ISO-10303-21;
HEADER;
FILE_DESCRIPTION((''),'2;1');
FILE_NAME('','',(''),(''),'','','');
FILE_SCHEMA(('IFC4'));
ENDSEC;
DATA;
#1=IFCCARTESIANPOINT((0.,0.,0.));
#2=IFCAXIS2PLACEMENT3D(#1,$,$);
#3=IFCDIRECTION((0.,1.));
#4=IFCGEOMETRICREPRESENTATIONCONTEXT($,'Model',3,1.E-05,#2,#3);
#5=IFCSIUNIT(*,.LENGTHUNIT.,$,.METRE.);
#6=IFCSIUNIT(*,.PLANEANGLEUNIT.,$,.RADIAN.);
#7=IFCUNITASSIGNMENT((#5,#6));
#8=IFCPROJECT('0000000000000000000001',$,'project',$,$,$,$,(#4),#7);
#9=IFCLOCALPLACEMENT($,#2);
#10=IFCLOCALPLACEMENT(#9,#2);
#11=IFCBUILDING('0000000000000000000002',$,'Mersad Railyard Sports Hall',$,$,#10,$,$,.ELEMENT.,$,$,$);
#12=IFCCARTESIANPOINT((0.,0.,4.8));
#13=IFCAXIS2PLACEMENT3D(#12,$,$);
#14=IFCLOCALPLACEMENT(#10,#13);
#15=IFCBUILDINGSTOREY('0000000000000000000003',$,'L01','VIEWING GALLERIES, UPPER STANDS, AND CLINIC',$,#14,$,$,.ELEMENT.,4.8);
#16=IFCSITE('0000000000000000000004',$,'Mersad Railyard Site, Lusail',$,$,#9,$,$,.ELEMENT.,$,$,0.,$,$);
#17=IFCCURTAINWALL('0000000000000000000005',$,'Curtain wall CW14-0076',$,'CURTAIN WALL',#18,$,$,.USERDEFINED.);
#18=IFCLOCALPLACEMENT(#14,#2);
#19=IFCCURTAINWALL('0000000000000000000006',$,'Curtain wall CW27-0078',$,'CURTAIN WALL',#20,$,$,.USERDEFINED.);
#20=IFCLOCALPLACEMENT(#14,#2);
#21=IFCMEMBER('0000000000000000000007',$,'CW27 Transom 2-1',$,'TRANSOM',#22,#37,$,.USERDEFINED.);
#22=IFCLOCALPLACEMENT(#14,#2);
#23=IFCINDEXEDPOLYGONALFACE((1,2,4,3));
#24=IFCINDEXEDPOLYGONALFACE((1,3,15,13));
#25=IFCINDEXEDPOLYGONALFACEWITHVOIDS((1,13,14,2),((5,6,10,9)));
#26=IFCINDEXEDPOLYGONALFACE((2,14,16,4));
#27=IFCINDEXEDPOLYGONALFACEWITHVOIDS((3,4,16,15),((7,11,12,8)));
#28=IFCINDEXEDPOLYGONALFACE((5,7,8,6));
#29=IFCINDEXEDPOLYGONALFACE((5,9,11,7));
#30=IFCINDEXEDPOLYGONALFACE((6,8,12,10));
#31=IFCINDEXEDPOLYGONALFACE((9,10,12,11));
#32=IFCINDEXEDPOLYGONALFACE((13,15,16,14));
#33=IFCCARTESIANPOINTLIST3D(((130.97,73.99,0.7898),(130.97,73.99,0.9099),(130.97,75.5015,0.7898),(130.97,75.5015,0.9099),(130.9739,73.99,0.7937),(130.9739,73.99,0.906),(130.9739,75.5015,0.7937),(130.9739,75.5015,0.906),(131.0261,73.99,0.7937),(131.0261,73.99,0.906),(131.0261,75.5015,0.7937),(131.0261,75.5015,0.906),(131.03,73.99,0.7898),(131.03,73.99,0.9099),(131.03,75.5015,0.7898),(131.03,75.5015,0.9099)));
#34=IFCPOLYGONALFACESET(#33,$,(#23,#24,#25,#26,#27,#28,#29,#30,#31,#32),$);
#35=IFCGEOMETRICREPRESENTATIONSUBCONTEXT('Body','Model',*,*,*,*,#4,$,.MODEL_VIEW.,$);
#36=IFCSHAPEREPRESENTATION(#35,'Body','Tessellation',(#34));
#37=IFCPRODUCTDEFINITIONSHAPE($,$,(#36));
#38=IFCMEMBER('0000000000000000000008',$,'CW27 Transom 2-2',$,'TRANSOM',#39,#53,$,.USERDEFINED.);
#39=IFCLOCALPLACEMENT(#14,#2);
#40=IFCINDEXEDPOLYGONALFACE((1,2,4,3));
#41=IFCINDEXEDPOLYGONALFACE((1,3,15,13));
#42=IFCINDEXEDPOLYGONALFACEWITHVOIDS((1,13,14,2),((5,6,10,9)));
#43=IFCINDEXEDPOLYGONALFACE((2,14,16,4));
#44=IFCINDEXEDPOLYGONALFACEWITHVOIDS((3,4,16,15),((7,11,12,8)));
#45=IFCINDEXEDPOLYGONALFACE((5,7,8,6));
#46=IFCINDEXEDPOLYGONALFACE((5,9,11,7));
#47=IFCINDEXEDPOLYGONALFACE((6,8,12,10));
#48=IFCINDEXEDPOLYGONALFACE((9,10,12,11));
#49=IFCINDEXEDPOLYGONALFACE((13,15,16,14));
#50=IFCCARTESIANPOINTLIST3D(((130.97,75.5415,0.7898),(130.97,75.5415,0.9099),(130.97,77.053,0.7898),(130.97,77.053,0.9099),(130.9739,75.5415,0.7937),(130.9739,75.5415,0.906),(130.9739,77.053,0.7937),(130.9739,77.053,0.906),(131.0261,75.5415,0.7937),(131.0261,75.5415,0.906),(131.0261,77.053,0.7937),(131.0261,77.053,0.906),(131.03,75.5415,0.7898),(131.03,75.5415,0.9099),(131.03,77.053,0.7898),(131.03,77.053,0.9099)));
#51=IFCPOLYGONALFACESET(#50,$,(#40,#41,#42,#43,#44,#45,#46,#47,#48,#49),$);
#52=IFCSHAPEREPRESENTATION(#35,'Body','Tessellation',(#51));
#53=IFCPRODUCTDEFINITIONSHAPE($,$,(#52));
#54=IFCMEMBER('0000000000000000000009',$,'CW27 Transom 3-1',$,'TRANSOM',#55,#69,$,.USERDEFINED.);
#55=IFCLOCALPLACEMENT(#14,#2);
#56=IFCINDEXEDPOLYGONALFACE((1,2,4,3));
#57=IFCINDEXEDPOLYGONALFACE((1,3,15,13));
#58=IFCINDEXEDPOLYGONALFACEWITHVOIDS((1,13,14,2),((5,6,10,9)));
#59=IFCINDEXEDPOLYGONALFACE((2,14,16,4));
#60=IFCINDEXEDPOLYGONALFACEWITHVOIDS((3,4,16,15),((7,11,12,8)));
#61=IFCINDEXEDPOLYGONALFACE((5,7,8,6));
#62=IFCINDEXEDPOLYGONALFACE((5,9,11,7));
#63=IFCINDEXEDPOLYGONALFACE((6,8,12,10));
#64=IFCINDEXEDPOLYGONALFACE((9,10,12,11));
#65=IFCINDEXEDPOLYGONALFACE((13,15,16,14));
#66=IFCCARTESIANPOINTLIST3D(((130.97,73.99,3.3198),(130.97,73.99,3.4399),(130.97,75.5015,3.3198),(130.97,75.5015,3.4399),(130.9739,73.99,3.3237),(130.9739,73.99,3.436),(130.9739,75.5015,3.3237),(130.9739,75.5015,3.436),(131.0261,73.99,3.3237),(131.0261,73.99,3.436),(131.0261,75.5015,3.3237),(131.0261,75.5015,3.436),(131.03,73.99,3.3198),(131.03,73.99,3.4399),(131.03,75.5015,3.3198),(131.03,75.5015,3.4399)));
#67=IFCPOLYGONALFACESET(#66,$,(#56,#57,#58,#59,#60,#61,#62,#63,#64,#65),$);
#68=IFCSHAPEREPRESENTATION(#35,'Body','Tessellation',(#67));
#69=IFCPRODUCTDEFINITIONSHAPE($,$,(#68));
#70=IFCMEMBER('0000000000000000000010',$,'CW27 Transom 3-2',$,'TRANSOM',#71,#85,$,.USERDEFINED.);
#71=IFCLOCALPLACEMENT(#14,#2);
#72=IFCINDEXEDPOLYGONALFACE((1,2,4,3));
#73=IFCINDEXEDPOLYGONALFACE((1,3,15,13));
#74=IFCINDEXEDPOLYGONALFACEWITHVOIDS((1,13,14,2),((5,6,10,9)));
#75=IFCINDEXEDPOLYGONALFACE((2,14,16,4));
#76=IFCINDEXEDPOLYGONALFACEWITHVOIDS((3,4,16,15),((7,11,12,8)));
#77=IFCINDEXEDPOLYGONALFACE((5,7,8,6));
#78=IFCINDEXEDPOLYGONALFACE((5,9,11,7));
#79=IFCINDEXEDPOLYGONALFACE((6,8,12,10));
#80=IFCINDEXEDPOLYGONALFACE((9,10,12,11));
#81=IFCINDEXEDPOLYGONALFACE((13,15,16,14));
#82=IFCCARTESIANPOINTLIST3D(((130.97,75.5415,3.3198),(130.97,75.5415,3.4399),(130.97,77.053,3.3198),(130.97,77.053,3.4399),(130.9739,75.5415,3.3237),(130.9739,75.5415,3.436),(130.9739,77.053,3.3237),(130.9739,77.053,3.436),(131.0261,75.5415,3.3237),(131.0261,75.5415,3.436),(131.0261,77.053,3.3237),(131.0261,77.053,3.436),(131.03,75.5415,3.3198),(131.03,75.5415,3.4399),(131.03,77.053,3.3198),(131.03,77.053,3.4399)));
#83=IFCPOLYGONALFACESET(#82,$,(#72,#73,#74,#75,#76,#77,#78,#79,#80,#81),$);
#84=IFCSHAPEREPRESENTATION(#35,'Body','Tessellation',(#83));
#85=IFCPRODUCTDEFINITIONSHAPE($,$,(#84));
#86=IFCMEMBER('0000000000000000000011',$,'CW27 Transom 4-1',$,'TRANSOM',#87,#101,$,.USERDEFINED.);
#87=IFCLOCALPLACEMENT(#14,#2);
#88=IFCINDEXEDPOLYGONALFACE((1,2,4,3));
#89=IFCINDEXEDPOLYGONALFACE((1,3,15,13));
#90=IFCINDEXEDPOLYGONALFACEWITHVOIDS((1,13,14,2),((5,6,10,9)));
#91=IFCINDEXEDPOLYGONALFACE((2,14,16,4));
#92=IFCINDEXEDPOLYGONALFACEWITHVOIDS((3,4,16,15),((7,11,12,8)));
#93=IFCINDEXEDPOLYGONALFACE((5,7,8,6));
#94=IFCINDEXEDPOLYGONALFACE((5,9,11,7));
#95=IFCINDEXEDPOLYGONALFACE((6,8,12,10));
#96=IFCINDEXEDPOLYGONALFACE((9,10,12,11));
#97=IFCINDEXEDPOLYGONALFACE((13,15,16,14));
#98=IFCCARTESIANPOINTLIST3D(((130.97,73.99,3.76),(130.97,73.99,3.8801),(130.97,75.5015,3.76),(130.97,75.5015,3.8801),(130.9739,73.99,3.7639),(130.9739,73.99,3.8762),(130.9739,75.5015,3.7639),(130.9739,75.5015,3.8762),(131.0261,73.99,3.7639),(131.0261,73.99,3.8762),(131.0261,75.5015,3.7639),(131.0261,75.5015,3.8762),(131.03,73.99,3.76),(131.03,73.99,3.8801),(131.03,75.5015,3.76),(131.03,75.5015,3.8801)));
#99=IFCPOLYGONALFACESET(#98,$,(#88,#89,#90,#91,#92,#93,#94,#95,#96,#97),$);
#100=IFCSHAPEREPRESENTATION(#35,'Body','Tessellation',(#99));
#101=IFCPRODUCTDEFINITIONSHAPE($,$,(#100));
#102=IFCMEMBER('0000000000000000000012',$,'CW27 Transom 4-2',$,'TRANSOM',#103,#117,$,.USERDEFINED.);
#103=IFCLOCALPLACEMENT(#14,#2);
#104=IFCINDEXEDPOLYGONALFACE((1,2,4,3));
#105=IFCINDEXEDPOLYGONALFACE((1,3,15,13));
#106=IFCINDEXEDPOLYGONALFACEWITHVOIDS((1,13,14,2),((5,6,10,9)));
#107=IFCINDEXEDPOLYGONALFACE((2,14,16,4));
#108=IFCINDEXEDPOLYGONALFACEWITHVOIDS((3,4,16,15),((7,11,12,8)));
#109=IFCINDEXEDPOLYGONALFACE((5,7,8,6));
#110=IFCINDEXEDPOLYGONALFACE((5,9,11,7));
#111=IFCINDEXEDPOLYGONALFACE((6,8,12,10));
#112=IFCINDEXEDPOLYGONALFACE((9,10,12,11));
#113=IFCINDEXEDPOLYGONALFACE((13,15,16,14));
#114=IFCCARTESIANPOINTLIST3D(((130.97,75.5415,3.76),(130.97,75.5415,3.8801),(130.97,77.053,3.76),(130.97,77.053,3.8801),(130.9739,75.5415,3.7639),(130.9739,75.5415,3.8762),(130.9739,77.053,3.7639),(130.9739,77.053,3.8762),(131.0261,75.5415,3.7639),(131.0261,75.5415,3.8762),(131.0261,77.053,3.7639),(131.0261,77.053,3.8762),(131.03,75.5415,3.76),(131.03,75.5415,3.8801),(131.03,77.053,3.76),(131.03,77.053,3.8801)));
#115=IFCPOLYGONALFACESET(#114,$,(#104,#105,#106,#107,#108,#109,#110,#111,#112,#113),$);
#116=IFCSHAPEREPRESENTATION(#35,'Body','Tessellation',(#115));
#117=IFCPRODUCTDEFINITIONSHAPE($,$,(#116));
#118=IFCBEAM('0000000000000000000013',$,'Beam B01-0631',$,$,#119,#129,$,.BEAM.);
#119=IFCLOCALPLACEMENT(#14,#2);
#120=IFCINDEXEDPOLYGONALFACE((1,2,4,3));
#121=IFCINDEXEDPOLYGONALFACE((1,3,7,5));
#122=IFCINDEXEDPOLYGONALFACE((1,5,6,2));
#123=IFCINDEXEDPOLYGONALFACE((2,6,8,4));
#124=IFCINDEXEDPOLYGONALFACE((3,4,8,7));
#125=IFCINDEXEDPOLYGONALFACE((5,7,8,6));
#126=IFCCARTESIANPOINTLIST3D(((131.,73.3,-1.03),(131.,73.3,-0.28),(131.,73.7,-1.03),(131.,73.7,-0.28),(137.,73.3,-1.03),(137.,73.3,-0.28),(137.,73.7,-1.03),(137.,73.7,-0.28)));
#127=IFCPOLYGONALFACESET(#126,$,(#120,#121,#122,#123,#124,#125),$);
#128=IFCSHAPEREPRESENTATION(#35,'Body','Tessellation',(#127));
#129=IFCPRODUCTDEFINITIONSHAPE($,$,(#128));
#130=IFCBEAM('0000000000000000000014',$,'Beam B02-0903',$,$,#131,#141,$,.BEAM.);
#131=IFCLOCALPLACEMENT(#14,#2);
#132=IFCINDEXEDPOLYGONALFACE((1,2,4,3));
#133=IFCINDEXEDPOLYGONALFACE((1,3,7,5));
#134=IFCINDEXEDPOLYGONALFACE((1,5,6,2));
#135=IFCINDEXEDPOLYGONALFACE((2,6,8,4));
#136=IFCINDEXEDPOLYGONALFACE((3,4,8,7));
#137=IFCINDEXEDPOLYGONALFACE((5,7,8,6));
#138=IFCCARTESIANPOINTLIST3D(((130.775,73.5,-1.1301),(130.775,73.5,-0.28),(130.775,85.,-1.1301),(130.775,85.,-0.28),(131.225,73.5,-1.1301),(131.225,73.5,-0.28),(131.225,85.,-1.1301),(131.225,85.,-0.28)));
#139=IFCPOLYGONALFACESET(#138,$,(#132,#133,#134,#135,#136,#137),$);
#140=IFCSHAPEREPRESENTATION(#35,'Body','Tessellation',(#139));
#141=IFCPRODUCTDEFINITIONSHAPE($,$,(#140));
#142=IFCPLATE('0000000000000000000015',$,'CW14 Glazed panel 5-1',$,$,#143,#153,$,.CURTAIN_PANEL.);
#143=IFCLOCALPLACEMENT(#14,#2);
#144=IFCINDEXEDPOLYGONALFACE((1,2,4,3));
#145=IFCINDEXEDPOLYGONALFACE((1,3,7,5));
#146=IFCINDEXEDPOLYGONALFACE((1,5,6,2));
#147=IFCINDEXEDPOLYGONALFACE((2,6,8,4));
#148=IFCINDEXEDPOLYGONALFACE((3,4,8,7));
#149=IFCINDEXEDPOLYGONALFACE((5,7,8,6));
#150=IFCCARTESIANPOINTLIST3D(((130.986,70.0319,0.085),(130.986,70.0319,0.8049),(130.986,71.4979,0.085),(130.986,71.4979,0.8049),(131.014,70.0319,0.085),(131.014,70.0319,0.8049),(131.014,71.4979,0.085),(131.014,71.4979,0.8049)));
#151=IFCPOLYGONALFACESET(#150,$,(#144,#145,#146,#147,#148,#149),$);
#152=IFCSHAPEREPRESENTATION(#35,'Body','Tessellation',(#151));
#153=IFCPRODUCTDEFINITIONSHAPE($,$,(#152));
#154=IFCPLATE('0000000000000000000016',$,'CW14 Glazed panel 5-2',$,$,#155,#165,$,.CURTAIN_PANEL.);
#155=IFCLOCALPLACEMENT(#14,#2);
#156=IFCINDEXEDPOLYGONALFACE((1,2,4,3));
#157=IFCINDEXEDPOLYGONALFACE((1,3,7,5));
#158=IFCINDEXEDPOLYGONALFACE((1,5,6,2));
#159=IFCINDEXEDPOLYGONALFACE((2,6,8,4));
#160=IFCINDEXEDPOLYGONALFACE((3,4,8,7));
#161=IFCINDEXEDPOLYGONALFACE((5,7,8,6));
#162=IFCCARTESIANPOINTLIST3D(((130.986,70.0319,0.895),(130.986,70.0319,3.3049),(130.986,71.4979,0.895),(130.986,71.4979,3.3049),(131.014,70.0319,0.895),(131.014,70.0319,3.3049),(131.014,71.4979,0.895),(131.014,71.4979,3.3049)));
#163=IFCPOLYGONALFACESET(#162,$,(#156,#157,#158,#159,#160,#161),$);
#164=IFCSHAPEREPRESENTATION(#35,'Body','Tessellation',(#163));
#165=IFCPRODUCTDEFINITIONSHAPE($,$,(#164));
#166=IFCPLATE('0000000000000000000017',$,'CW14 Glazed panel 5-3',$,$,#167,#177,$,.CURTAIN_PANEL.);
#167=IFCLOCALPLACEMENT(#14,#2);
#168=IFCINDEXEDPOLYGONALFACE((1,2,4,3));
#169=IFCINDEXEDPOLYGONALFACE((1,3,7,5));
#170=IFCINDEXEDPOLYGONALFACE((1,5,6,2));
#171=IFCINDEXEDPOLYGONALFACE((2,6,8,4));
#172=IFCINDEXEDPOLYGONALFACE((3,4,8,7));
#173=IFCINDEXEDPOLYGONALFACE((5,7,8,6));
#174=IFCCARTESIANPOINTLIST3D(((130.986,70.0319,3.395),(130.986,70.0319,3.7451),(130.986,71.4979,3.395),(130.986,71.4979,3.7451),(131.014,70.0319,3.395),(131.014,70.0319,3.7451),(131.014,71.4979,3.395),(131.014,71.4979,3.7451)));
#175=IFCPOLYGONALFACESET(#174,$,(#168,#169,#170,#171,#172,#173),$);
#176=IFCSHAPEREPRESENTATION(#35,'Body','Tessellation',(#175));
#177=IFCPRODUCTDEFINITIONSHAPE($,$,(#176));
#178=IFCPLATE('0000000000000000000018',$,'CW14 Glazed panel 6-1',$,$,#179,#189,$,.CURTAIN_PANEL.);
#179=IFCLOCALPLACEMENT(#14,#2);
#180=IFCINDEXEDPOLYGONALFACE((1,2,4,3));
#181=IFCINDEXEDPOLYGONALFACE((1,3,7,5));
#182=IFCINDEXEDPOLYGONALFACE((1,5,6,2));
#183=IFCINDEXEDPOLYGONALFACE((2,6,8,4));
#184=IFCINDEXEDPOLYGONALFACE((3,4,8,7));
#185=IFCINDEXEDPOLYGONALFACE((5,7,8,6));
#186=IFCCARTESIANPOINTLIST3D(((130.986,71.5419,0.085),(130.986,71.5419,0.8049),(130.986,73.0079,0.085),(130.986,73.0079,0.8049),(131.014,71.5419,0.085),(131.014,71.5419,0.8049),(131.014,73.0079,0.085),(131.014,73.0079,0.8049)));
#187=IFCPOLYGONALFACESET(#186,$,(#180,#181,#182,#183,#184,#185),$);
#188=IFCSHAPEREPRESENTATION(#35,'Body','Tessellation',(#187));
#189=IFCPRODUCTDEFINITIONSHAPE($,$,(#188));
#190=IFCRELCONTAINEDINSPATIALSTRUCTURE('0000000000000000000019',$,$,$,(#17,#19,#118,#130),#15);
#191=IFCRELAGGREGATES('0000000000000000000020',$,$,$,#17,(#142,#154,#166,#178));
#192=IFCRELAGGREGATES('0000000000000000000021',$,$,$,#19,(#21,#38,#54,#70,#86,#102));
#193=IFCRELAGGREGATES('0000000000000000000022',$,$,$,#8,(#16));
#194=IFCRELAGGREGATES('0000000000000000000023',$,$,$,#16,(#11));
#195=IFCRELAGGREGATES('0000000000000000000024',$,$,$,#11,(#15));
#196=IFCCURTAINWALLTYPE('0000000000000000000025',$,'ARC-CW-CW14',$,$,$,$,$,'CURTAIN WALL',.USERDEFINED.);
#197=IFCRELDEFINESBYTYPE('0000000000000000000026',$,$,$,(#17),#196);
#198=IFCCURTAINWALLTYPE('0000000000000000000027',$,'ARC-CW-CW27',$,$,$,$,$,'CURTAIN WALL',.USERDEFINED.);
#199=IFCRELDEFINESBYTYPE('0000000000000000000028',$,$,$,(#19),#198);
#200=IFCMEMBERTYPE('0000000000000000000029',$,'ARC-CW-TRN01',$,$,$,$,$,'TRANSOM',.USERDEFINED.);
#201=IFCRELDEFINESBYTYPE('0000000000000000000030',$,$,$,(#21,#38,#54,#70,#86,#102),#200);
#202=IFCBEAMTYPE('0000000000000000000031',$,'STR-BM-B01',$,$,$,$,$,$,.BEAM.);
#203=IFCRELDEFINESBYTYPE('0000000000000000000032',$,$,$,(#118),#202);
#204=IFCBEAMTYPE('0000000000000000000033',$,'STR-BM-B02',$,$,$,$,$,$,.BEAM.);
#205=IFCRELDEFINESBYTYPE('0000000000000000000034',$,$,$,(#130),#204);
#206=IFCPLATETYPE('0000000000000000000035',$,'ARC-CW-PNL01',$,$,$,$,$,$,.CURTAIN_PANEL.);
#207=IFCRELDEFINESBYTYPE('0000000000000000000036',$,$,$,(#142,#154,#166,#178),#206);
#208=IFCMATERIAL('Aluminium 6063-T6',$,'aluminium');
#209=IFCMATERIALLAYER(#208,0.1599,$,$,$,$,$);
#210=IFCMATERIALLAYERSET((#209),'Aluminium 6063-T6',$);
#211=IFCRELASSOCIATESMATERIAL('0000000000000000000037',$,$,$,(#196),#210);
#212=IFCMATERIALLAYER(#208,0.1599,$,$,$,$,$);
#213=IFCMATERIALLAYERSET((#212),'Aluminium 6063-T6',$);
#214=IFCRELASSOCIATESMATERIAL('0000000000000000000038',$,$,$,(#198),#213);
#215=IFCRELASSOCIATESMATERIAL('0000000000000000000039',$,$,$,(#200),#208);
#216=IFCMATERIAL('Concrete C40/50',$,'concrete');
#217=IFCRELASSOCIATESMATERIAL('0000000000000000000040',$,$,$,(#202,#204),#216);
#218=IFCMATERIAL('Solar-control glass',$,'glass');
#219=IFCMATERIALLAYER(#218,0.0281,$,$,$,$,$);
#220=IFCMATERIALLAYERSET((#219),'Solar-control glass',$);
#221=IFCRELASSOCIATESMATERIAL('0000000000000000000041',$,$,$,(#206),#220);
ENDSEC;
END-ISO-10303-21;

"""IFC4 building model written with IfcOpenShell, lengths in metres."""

from ifc_helpers import new_model, si_unit, direction, frame, origin, origin_2d, place, context, subcontext, project, spatial, rectangle, hollow_rectangle, extrude, material, layer, layer_set, material_profile, profile_set, type_object, element, aggregate, save


model = new_model("IFC4")

# Units and contexts
model_context = context("Model", 3, precision=1e-05, world=origin(), true_north=direction((0.0, 1.0)))
body_context = subcontext(model_context, "Body", "Model", "MODEL_VIEW")
ifc_project = project(units=[si_unit("LENGTHUNIT", "METRE"), si_unit("PLANEANGLEUNIT", "RADIAN")], contexts=[model_context])

# Site, building, storey
site_placement = place(None, origin())
site = spatial("IfcSite", under=ifc_project, at=site_placement, Name="Mersad Railyard Site, Lusail", CompositionType="ELEMENT", RefElevation=0.0)
building_placement = place(site_placement, origin())
building = spatial("IfcBuilding", under=site, at=building_placement, Name="Mersad Railyard Sports Hall", CompositionType="ELEMENT")
storey_placement = place(building_placement, frame((0.0, 0.0, 4.8)))
storey = spatial("IfcBuildingStorey", under=building, at=storey_placement, Name="L01", Description="VIEWING GALLERIES, UPPER STANDS, AND CLINIC", CompositionType="ELEMENT", Elevation=4.8)

# Curtain walls
ifc_material_1 = material(Name="Aluminium 6063-T6", Category="aluminium")
ifc_layer_1 = layer(ifc_material_1, 0.1599)
ifc_layer_set_1 = layer_set([ifc_layer_1], Name="Aluminium 6063-T6")
curtain_wall_type_1 = type_object("IfcCurtainWallType", Name="ARC-CW-CW14", ElementType="CURTAIN WALL", PredefinedType="USERDEFINED", material=ifc_layer_set_1)
curtain_wall_1_placement = place(storey_placement, origin())
curtain_wall_1 = element("IfcCurtainWall", 1, at=curtain_wall_1_placement, inside=storey, type_object=curtain_wall_type_1, Name="Curtain wall CW14-0076", ObjectType="CURTAIN WALL", PredefinedType="USERDEFINED")
ifc_layer_2 = layer(ifc_material_1, 0.1599)
ifc_layer_set_2 = layer_set([ifc_layer_2], Name="Aluminium 6063-T6")
curtain_wall_type_2 = type_object("IfcCurtainWallType", Name="ARC-CW-CW27", ElementType="CURTAIN WALL", PredefinedType="USERDEFINED", material=ifc_layer_set_2)
curtain_wall_2_placement = place(storey_placement, origin())
curtain_wall_2 = element("IfcCurtainWall", 2, at=curtain_wall_2_placement, inside=storey, type_object=curtain_wall_type_2, Name="Curtain wall CW27-0078", ObjectType="CURTAIN WALL", PredefinedType="USERDEFINED")

# Members
ifc_material_profile_1 = material_profile(ifc_material_1, hollow_rectangle(XDim=0.0601, YDim=0.1201, WallThickness=0.0039, at=origin_2d()), Name="AL TRANSOM 60x120x4")
ifc_profile_set_1 = profile_set([ifc_material_profile_1], Name="Aluminium 6063-T6")
member_type_1 = type_object("IfcMemberType", Name="ARC-CW-TRN01", ElementType="TRANSOM", PredefinedType="USERDEFINED", material=ifc_profile_set_1)
member_1_placement = place(storey_placement, frame((131.0, 73.99, 0.8499), z_axis=(0.0, 1.0, 0.0), x_axis=(-1.0, 0.0, 0.0)))
member_1 = element("IfcMember", 3, at=member_1_placement, type_object=member_type_1, Name="CW27 Transom 2-1", ObjectType="TRANSOM", PredefinedType="USERDEFINED", context=body_context, shape_type="SweptSolid", body=[
    extrude(hollow_rectangle(XDim=0.0601, YDim=0.1201, WallThickness=0.0039, at=origin_2d()), origin(), (0.0, 0.0, 1.0), 1.5115),
])
member_2_placement = place(storey_placement, frame((131.0, 75.5415, 0.8499), z_axis=(0.0, 1.0, 0.0), x_axis=(-1.0, 0.0, 0.0)))
member_2 = element("IfcMember", 4, at=member_2_placement, type_object=member_type_1, Name="CW27 Transom 2-2", ObjectType="TRANSOM", PredefinedType="USERDEFINED", context=body_context, shape_type="SweptSolid", body=[
    extrude(hollow_rectangle(XDim=0.0601, YDim=0.1201, WallThickness=0.0039, at=origin_2d()), origin(), (0.0, 0.0, 1.0), 1.5115),
])
member_3_placement = place(storey_placement, frame((131.0, 73.99, 3.3799), z_axis=(0.0, 1.0, 0.0), x_axis=(-1.0, 0.0, 0.0)))
member_3 = element("IfcMember", 5, at=member_3_placement, type_object=member_type_1, Name="CW27 Transom 3-1", ObjectType="TRANSOM", PredefinedType="USERDEFINED", context=body_context, shape_type="SweptSolid", body=[
    extrude(hollow_rectangle(XDim=0.0601, YDim=0.1201, WallThickness=0.0039, at=origin_2d()), origin(), (0.0, 0.0, 1.0), 1.5115),
])
member_4_placement = place(storey_placement, frame((131.0, 75.5415, 3.3799), z_axis=(0.0, 1.0, 0.0), x_axis=(-1.0, 0.0, 0.0)))
member_4 = element("IfcMember", 6, at=member_4_placement, type_object=member_type_1, Name="CW27 Transom 3-2", ObjectType="TRANSOM", PredefinedType="USERDEFINED", context=body_context, shape_type="SweptSolid", body=[
    extrude(hollow_rectangle(XDim=0.0601, YDim=0.1201, WallThickness=0.0039, at=origin_2d()), origin(), (0.0, 0.0, 1.0), 1.5115),
])
member_5_placement = place(storey_placement, frame((131.0, 73.99, 3.8201), z_axis=(0.0, 1.0, 0.0), x_axis=(-1.0, 0.0, 0.0)))
member_5 = element("IfcMember", 7, at=member_5_placement, type_object=member_type_1, Name="CW27 Transom 4-1", ObjectType="TRANSOM", PredefinedType="USERDEFINED", context=body_context, shape_type="SweptSolid", body=[
    extrude(hollow_rectangle(XDim=0.0601, YDim=0.1201, WallThickness=0.0039, at=origin_2d()), origin(), (0.0, 0.0, 1.0), 1.5115),
])
member_6_placement = place(storey_placement, frame((131.0, 75.5415, 3.8201), z_axis=(0.0, 1.0, 0.0), x_axis=(-1.0, 0.0, 0.0)))
member_6 = element("IfcMember", 8, at=member_6_placement, type_object=member_type_1, Name="CW27 Transom 4-2", ObjectType="TRANSOM", PredefinedType="USERDEFINED", context=body_context, shape_type="SweptSolid", body=[
    extrude(hollow_rectangle(XDim=0.0601, YDim=0.1201, WallThickness=0.0039, at=origin_2d()), origin(), (0.0, 0.0, 1.0), 1.5115),
])

# Beams
ifc_material_2 = material(Name="Concrete C40/50", Category="concrete")
ifc_material_profile_2 = material_profile(ifc_material_2, rectangle(XDim=0.3999, YDim=0.75, at=origin_2d()), Name="RC 400x750")
ifc_profile_set_2 = profile_set([ifc_material_profile_2], Name="Concrete C40/50")
beam_type_1 = type_object("IfcBeamType", Name="STR-BM-B01", PredefinedType="BEAM", material=ifc_profile_set_2)
beam_1_placement = place(storey_placement, frame((131.0, 73.5, -0.655), z_axis=(1.0, 0.0, 0.0), x_axis=(0.0, 1.0, 0.0)))
element("IfcBeam", 9, at=beam_1_placement, inside=storey, type_object=beam_type_1, Name="Beam B01-0631", PredefinedType="BEAM", context=body_context, shape_type="SweptSolid", body=[
    extrude(rectangle(XDim=0.3999, YDim=0.75, at=origin_2d()), origin(), (0.0, 0.0, 1.0), 6.0),
])
ifc_material_profile_3 = material_profile(ifc_material_2, rectangle(XDim=0.45, YDim=0.8501, at=origin_2d()), Name="RC 450x850")
ifc_profile_set_3 = profile_set([ifc_material_profile_3], Name="Concrete C40/50")
beam_type_2 = type_object("IfcBeamType", Name="STR-BM-B02", PredefinedType="BEAM", material=ifc_profile_set_3)
beam_2_placement = place(storey_placement, frame((131.0, 73.5, -0.7051), z_axis=(0.0, 1.0, 0.0), x_axis=(-1.0, 0.0, 0.0)))
element("IfcBeam", 10, at=beam_2_placement, inside=storey, type_object=beam_type_2, Name="Beam B02-0903", PredefinedType="BEAM", context=body_context, shape_type="SweptSolid", body=[
    extrude(rectangle(XDim=0.45, YDim=0.8501, at=origin_2d()), origin(), (0.0, 0.0, 1.0), 11.5),
])

# Plates
ifc_material_3 = material(Name="Solar-control glass", Category="glass")
ifc_layer_3 = layer(ifc_material_3, 0.0281)
ifc_layer_set_3 = layer_set([ifc_layer_3], Name="Solar-control glass")
plate_type = type_object("IfcPlateType", Name="ARC-CW-PNL01", PredefinedType="CURTAIN_PANEL", material=ifc_layer_set_3)
plate_1_placement = place(storey_placement, frame((131.0, 70.7649, 0.085), z_axis=(0.0, 0.0, 1.0), x_axis=(0.0, 1.0, 0.0)))
plate_1 = element("IfcPlate", 11, at=plate_1_placement, type_object=plate_type, Name="CW14 Glazed panel 5-1", PredefinedType="CURTAIN_PANEL", context=body_context, shape_type="SweptSolid", body=[
    extrude(rectangle(XDim=1.4661, YDim=0.0281, at=origin_2d()), origin(), (0.0, 0.0, 1.0), 0.72),
])
plate_2_placement = place(storey_placement, frame((131.0, 70.7649, 0.895), z_axis=(0.0, 0.0, 1.0), x_axis=(0.0, 1.0, 0.0)))
plate_2 = element("IfcPlate", 12, at=plate_2_placement, type_object=plate_type, Name="CW14 Glazed panel 5-2", PredefinedType="CURTAIN_PANEL", context=body_context, shape_type="SweptSolid", body=[
    extrude(rectangle(XDim=1.4661, YDim=0.0281, at=origin_2d()), origin(), (0.0, 0.0, 1.0), 2.4099),
])
plate_3_placement = place(storey_placement, frame((131.0, 70.7649, 3.395), z_axis=(0.0, 0.0, 1.0), x_axis=(0.0, 1.0, 0.0)))
plate_3 = element("IfcPlate", 13, at=plate_3_placement, type_object=plate_type, Name="CW14 Glazed panel 5-3", PredefinedType="CURTAIN_PANEL", context=body_context, shape_type="SweptSolid", body=[
    extrude(rectangle(XDim=1.4661, YDim=0.0281, at=origin_2d()), origin(), (0.0, 0.0, 1.0), 0.3501),
])
plate_4_placement = place(storey_placement, frame((131.0, 72.2749, 0.085), z_axis=(0.0, 0.0, 1.0), x_axis=(0.0, 1.0, 0.0)))
plate_4 = element("IfcPlate", 14, at=plate_4_placement, type_object=plate_type, Name="CW14 Glazed panel 6-1", PredefinedType="CURTAIN_PANEL", context=body_context, shape_type="SweptSolid", body=[
    extrude(rectangle(XDim=1.4661, YDim=0.0281, at=origin_2d()), origin(), (0.0, 0.0, 1.0), 0.72),
])
aggregate(curtain_wall_1, [plate_1, plate_2, plate_3, plate_4])
aggregate(curtain_wall_2, [member_1, member_2, member_3, member_4, member_5, member_6])

save(model, "model.ifc")
